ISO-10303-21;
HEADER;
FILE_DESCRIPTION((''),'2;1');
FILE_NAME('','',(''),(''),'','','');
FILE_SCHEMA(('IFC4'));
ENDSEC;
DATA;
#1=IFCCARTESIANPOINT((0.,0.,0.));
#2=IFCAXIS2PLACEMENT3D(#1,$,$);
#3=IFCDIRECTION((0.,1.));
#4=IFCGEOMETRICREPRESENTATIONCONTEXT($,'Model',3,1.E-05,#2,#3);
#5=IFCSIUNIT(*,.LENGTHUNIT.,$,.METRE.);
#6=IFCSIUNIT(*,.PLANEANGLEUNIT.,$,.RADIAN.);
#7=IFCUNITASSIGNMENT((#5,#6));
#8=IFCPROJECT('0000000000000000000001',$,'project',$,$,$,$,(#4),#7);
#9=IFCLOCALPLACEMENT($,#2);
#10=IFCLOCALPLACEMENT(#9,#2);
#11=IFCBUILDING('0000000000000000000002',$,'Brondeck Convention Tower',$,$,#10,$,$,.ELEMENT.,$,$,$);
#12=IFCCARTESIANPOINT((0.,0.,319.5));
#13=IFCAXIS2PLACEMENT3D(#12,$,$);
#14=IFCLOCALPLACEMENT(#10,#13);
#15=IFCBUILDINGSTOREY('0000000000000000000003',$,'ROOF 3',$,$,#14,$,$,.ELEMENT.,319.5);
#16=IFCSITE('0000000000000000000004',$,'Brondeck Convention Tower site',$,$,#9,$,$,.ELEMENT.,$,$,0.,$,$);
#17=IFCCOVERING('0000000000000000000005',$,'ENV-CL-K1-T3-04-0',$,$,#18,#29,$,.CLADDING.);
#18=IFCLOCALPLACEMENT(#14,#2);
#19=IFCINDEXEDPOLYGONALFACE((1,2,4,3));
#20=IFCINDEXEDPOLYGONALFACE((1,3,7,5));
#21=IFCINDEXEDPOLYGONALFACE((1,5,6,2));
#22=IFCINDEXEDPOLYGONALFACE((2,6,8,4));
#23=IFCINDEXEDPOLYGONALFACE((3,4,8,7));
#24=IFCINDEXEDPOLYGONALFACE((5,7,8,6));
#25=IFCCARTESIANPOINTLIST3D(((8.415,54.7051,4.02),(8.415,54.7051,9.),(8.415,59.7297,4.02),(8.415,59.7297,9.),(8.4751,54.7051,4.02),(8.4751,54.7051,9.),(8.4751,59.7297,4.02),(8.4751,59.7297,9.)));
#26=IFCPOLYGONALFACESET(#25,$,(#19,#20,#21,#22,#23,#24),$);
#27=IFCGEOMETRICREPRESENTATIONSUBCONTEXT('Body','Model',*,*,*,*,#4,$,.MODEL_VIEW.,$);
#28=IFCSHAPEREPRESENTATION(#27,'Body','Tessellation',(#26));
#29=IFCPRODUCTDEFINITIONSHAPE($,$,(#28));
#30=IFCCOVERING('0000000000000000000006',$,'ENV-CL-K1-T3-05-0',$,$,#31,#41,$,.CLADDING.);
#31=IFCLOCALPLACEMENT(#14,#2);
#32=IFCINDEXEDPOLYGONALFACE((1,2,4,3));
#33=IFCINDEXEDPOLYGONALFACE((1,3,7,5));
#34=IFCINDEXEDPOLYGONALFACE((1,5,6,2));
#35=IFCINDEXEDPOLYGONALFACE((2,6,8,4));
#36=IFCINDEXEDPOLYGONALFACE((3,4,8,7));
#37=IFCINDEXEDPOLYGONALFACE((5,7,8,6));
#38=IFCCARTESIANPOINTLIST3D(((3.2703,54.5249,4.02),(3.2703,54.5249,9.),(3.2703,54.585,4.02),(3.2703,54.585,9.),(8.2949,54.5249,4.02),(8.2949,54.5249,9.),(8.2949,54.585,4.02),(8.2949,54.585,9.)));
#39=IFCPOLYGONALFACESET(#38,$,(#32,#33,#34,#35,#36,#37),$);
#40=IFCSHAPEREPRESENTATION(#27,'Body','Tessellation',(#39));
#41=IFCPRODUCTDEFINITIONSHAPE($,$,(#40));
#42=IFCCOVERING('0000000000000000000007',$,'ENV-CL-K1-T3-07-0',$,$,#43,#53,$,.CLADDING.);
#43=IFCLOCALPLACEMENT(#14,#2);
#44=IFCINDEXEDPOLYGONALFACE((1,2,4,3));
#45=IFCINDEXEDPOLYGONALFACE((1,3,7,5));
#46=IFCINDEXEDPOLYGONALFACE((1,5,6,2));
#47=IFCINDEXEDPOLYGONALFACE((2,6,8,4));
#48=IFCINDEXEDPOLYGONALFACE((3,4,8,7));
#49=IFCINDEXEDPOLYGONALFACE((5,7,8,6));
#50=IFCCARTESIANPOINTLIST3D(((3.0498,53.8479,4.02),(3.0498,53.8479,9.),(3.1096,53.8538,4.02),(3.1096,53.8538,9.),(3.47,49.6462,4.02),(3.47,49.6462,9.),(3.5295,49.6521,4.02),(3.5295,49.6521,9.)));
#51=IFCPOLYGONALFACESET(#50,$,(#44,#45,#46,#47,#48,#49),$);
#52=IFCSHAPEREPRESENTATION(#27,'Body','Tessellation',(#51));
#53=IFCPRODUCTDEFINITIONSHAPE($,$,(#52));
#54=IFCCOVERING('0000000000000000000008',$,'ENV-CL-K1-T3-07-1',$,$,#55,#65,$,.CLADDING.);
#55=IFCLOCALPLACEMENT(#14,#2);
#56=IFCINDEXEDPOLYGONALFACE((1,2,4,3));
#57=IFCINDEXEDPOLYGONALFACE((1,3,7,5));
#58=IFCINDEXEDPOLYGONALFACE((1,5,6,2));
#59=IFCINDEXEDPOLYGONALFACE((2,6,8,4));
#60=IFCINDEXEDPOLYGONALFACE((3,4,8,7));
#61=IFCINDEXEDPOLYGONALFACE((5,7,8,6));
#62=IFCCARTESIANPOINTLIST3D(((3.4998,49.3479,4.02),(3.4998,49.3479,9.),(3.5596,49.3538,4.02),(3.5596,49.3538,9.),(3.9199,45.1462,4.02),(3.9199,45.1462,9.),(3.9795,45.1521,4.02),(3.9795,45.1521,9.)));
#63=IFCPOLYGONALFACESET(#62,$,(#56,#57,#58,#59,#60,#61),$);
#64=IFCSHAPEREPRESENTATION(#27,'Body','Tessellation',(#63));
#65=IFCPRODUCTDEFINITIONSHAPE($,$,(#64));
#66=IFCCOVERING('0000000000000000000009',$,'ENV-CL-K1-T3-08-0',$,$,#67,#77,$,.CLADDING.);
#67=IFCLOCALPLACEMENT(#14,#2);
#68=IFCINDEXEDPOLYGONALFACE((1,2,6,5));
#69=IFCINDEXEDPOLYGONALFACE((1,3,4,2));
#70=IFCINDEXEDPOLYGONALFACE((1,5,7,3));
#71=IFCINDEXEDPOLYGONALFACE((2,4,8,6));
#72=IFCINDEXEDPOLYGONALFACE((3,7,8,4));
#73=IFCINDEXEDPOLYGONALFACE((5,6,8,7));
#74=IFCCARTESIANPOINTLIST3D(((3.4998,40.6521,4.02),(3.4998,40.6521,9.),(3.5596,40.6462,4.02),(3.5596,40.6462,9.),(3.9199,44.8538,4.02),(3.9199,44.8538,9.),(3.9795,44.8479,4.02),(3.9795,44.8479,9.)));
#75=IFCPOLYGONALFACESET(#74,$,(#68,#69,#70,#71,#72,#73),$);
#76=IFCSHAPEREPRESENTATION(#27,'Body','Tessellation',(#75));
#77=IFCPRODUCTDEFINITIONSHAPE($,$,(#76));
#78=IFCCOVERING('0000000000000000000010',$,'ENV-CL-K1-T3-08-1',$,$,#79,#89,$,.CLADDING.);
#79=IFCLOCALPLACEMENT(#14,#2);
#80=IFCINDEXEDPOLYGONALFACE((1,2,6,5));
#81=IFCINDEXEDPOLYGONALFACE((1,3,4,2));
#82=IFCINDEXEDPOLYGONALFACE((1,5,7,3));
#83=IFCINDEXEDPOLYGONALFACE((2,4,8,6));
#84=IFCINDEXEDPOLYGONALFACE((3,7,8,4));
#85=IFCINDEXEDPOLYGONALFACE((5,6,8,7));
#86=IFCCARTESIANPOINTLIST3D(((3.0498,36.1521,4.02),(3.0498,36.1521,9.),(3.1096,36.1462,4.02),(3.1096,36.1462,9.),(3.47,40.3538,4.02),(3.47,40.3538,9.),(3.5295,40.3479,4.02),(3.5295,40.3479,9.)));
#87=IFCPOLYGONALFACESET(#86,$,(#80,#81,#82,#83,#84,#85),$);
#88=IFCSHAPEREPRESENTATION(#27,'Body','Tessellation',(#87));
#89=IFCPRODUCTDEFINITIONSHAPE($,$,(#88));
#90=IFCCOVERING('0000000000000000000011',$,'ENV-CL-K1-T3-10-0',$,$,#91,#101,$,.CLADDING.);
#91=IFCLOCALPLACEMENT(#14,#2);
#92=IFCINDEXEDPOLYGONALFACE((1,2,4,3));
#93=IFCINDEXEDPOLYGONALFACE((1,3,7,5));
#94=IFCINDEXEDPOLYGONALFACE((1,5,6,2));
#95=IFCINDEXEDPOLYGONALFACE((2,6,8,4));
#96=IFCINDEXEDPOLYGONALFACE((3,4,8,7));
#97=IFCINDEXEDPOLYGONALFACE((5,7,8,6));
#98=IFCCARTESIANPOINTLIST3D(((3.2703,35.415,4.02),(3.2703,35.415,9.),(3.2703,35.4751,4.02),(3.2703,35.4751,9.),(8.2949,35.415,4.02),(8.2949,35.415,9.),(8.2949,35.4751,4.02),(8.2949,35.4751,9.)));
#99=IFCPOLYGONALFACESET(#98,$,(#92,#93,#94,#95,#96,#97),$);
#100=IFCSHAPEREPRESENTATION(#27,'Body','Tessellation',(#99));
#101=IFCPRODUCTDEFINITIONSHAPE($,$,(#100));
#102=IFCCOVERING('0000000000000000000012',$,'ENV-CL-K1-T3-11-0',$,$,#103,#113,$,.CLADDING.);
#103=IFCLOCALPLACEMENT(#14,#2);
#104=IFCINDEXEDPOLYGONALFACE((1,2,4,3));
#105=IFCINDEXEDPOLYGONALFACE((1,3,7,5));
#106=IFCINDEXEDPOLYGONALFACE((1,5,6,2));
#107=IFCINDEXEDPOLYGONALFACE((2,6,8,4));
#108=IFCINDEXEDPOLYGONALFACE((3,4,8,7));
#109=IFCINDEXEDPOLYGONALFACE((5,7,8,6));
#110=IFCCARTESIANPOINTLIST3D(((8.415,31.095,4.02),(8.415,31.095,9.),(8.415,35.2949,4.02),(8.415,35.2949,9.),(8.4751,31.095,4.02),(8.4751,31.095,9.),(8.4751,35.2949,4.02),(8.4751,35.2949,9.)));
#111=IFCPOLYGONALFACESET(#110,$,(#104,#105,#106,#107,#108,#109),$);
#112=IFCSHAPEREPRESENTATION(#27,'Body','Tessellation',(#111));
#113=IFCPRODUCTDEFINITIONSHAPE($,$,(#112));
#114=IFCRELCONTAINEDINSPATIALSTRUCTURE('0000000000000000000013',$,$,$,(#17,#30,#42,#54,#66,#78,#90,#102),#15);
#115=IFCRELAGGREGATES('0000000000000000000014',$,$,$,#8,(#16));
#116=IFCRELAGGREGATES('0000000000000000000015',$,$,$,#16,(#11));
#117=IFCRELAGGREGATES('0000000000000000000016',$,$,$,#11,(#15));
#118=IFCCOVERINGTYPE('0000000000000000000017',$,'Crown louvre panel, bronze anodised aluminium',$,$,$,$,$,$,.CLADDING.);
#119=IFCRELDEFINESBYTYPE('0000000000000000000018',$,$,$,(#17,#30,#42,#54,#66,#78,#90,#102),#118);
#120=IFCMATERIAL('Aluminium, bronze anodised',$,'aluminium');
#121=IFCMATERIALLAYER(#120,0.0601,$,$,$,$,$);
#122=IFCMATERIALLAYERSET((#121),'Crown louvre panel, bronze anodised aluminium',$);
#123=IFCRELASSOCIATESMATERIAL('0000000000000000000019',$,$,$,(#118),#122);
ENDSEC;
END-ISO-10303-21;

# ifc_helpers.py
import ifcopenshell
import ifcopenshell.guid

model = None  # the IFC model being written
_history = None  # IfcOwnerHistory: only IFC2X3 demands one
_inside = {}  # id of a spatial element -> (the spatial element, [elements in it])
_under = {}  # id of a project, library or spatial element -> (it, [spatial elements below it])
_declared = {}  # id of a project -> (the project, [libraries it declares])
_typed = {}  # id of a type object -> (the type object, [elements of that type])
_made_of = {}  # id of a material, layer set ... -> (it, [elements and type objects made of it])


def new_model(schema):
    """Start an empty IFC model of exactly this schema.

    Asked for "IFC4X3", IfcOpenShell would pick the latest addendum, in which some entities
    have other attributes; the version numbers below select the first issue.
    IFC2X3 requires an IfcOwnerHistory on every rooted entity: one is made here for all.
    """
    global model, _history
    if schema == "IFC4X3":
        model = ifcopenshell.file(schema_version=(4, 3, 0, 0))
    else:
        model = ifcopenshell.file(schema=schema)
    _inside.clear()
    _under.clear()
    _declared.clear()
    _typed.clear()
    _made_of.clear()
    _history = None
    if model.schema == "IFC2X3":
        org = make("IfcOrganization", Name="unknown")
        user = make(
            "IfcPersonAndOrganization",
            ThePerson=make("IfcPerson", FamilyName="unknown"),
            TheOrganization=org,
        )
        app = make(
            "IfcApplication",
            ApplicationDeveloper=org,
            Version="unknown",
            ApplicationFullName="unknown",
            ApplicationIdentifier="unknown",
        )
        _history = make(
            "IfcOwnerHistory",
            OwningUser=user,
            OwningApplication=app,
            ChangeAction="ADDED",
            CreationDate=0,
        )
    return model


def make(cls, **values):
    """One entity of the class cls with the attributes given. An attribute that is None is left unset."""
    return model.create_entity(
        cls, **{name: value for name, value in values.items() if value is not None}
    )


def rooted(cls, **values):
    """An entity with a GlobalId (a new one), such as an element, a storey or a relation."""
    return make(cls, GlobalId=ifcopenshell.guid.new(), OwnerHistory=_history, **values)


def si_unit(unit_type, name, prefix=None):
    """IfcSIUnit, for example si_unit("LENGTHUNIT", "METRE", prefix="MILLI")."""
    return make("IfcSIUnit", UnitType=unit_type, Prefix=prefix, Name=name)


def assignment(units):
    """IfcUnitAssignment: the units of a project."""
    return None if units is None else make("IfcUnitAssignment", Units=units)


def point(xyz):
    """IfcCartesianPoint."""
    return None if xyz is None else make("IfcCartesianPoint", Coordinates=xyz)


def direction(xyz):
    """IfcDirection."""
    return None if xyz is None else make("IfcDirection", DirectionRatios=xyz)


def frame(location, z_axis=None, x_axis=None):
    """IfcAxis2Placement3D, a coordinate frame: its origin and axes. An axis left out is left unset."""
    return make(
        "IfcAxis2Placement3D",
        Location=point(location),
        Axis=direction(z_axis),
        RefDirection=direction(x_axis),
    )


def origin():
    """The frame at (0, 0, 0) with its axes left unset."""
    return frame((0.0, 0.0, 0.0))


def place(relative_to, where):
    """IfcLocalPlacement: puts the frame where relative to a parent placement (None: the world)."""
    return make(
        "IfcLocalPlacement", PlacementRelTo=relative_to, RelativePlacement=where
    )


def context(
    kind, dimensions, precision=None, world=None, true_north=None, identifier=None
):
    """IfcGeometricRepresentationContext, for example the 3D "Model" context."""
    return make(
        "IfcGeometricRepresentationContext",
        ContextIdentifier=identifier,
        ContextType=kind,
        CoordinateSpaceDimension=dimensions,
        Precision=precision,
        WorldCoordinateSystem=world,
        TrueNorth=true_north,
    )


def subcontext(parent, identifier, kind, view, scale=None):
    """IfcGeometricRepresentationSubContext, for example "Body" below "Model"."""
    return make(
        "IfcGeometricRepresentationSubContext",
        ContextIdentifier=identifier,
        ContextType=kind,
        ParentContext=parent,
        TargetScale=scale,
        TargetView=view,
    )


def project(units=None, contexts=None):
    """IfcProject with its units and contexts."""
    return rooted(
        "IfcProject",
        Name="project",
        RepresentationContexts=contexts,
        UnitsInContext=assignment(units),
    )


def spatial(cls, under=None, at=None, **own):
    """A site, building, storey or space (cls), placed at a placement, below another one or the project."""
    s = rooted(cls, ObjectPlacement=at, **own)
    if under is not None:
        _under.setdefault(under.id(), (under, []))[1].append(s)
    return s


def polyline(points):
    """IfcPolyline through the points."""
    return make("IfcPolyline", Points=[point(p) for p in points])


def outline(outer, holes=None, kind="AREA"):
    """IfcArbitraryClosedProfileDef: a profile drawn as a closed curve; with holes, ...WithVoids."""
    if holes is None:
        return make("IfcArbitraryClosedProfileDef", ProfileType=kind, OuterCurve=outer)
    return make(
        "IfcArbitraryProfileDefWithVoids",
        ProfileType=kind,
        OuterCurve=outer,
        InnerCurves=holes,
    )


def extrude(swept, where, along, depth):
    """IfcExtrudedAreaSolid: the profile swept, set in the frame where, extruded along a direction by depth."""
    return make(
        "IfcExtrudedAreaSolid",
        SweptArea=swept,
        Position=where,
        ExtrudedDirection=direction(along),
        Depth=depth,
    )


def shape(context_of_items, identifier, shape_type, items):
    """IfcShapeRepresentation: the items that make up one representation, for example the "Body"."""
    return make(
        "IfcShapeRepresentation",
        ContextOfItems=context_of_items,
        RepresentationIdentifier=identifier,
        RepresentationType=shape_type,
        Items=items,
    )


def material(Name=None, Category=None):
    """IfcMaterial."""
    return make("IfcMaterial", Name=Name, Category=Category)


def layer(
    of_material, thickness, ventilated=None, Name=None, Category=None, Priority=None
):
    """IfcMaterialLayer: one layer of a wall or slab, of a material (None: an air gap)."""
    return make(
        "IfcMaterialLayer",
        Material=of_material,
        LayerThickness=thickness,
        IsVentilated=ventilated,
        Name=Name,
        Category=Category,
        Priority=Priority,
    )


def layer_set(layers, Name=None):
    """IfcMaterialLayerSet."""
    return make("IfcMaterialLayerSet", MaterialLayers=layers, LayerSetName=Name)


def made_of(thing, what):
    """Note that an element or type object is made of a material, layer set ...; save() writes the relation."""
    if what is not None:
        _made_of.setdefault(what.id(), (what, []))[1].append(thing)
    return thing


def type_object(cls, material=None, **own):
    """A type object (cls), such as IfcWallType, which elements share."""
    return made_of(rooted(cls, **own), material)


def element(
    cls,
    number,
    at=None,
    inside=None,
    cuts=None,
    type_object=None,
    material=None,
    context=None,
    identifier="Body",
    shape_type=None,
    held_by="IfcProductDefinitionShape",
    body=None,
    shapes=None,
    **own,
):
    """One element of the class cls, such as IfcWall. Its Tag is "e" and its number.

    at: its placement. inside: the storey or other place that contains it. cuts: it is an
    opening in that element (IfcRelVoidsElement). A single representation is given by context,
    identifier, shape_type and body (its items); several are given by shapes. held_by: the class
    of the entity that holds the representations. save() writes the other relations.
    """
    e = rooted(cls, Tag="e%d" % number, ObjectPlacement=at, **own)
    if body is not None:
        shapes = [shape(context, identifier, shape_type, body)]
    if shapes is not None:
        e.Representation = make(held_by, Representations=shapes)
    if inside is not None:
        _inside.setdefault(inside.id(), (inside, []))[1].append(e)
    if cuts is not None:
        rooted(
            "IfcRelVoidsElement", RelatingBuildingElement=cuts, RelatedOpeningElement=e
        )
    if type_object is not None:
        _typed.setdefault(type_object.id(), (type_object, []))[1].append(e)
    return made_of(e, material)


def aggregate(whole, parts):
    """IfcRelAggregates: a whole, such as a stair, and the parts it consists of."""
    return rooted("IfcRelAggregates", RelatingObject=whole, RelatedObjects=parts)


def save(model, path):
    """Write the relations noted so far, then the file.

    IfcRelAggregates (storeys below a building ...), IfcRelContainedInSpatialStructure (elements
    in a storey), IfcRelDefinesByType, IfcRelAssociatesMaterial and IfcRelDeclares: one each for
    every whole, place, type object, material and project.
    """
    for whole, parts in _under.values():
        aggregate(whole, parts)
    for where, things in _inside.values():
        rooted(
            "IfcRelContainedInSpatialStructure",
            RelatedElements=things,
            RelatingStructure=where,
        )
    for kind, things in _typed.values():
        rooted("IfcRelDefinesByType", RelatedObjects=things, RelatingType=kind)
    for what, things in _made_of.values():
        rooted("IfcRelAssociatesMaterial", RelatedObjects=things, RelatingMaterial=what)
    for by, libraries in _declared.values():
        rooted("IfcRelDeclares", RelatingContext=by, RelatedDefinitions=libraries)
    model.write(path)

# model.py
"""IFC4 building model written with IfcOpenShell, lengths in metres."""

from ifc_helpers import new_model, si_unit, direction, frame, origin, place, context, subcontext, project, spatial, polyline, outline, extrude, material, layer, layer_set, type_object, element, save


model = new_model("IFC4")

# Units and contexts
model_context = context("Model", 3, precision=1e-05, world=origin(), true_north=direction((0.0, 1.0)))
body_context = subcontext(model_context, "Body", "Model", "MODEL_VIEW")
ifc_project = project(units=[si_unit("LENGTHUNIT", "METRE"), si_unit("PLANEANGLEUNIT", "RADIAN")], contexts=[model_context])

# Site, building, storey
site_placement = place(None, origin())
site = spatial("IfcSite", under=ifc_project, at=site_placement, Name="Brondeck Convention Tower site", CompositionType="ELEMENT", RefElevation=0.0)
building_placement = place(site_placement, origin())
building = spatial("IfcBuilding", under=site, at=building_placement, Name="Brondeck Convention Tower", CompositionType="ELEMENT")
storey_placement = place(building_placement, frame((0.0, 0.0, 319.5)))
storey = spatial("IfcBuildingStorey", under=building, at=storey_placement, Name="ROOF 3", CompositionType="ELEMENT", Elevation=319.5)

# Coverings
ifc_material_1 = material(Name="Aluminium, bronze anodised", Category="aluminium")
ifc_layer_1 = layer(ifc_material_1, 0.0601)
ifc_layer_set_1 = layer_set([ifc_layer_1], Name="Crown louvre panel, bronze anodised aluminium")
covering_type_1 = type_object("IfcCoveringType", Name="Crown louvre panel, bronze anodised aluminium", PredefinedType="CLADDING", material=ifc_layer_set_1)
covering_1_placement = place(storey_placement, frame((0.0, 0.0, 4.02)))
element("IfcCovering", 1, at=covering_1_placement, inside=storey, type_object=covering_type_1, Name="ENV-CL-K1-T3-04-0", PredefinedType="CLADDING", context=body_context, shape_type="SweptSolid", body=[
    extrude(outline(polyline([(8.4751, 54.7051), (8.4751, 59.7297), (8.415, 59.7297), (8.415, 54.7051), (8.4751, 54.7051)])), origin(), (0.0, 0.0, 1.0), 4.98),
])
covering_2_placement = place(storey_placement, frame((0.0, 0.0, 4.02)))
element("IfcCovering", 2, at=covering_2_placement, inside=storey, type_object=covering_type_1, Name="ENV-CL-K1-T3-05-0", PredefinedType="CLADDING", context=body_context, shape_type="SweptSolid", body=[
    extrude(outline(polyline([(3.2703, 54.5249), (8.2949, 54.5249), (8.2949, 54.585), (3.2703, 54.585), (3.2703, 54.5249)])), origin(), (0.0, 0.0, 1.0), 4.98),
])
covering_3_placement = place(storey_placement, frame((0.0, 0.0, 4.02)))
element("IfcCovering", 3, at=covering_3_placement, inside=storey, type_object=covering_type_1, Name="ENV-CL-K1-T3-07-0", PredefinedType="CLADDING", context=body_context, shape_type="SweptSolid", body=[
    extrude(outline(polyline([(3.5295, 49.6521), (3.1096, 53.8538), (3.0498, 53.8479), (3.47, 49.6462), (3.5295, 49.6521)])), origin(), (0.0, 0.0, 1.0), 4.98),
])
covering_4_placement = place(storey_placement, frame((0.0, 0.0, 4.02)))
element("IfcCovering", 4, at=covering_4_placement, inside=storey, type_object=covering_type_1, Name="ENV-CL-K1-T3-07-1", PredefinedType="CLADDING", context=body_context, shape_type="SweptSolid", body=[
    extrude(outline(polyline([(3.9795, 45.1521), (3.5596, 49.3538), (3.4998, 49.3479), (3.9199, 45.1462), (3.9795, 45.1521)])), origin(), (0.0, 0.0, 1.0), 4.98),
])
covering_5_placement = place(storey_placement, frame((0.0, 0.0, 4.02)))
element("IfcCovering", 5, at=covering_5_placement, inside=storey, type_object=covering_type_1, Name="ENV-CL-K1-T3-08-0", PredefinedType="CLADDING", context=body_context, shape_type="SweptSolid", body=[
    extrude(outline(polyline([(3.5596, 40.6462), (3.9795, 44.8479), (3.9199, 44.8538), (3.4998, 40.6521), (3.5596, 40.6462)])), origin(), (0.0, 0.0, 1.0), 4.98),
])
covering_6_placement = place(storey_placement, frame((0.0, 0.0, 4.02)))
element("IfcCovering", 6, at=covering_6_placement, inside=storey, type_object=covering_type_1, Name="ENV-CL-K1-T3-08-1", PredefinedType="CLADDING", context=body_context, shape_type="SweptSolid", body=[
    extrude(outline(polyline([(3.1096, 36.1462), (3.5295, 40.3479), (3.47, 40.3538), (3.0498, 36.1521), (3.1096, 36.1462)])), origin(), (0.0, 0.0, 1.0), 4.98),
])
covering_7_placement = place(storey_placement, frame((0.0, 0.0, 4.02)))
element("IfcCovering", 7, at=covering_7_placement, inside=storey, type_object=covering_type_1, Name="ENV-CL-K1-T3-10-0", PredefinedType="CLADDING", context=body_context, shape_type="SweptSolid", body=[
    extrude(outline(polyline([(8.2949, 35.4751), (3.2703, 35.4751), (3.2703, 35.415), (8.2949, 35.415), (8.2949, 35.4751)])), origin(), (0.0, 0.0, 1.0), 4.98),
])
covering_8_placement = place(storey_placement, frame((0.0, 0.0, 4.02)))
element("IfcCovering", 8, at=covering_8_placement, inside=storey, type_object=covering_type_1, Name="ENV-CL-K1-T3-11-0", PredefinedType="CLADDING", context=body_context, shape_type="SweptSolid", body=[
    extrude(outline(polyline([(8.4751, 31.095), (8.4751, 35.2949), (8.415, 35.2949), (8.415, 31.095), (8.4751, 31.095)])), origin(), (0.0, 0.0, 1.0), 4.98),
])

save(model, "model.ifc")
